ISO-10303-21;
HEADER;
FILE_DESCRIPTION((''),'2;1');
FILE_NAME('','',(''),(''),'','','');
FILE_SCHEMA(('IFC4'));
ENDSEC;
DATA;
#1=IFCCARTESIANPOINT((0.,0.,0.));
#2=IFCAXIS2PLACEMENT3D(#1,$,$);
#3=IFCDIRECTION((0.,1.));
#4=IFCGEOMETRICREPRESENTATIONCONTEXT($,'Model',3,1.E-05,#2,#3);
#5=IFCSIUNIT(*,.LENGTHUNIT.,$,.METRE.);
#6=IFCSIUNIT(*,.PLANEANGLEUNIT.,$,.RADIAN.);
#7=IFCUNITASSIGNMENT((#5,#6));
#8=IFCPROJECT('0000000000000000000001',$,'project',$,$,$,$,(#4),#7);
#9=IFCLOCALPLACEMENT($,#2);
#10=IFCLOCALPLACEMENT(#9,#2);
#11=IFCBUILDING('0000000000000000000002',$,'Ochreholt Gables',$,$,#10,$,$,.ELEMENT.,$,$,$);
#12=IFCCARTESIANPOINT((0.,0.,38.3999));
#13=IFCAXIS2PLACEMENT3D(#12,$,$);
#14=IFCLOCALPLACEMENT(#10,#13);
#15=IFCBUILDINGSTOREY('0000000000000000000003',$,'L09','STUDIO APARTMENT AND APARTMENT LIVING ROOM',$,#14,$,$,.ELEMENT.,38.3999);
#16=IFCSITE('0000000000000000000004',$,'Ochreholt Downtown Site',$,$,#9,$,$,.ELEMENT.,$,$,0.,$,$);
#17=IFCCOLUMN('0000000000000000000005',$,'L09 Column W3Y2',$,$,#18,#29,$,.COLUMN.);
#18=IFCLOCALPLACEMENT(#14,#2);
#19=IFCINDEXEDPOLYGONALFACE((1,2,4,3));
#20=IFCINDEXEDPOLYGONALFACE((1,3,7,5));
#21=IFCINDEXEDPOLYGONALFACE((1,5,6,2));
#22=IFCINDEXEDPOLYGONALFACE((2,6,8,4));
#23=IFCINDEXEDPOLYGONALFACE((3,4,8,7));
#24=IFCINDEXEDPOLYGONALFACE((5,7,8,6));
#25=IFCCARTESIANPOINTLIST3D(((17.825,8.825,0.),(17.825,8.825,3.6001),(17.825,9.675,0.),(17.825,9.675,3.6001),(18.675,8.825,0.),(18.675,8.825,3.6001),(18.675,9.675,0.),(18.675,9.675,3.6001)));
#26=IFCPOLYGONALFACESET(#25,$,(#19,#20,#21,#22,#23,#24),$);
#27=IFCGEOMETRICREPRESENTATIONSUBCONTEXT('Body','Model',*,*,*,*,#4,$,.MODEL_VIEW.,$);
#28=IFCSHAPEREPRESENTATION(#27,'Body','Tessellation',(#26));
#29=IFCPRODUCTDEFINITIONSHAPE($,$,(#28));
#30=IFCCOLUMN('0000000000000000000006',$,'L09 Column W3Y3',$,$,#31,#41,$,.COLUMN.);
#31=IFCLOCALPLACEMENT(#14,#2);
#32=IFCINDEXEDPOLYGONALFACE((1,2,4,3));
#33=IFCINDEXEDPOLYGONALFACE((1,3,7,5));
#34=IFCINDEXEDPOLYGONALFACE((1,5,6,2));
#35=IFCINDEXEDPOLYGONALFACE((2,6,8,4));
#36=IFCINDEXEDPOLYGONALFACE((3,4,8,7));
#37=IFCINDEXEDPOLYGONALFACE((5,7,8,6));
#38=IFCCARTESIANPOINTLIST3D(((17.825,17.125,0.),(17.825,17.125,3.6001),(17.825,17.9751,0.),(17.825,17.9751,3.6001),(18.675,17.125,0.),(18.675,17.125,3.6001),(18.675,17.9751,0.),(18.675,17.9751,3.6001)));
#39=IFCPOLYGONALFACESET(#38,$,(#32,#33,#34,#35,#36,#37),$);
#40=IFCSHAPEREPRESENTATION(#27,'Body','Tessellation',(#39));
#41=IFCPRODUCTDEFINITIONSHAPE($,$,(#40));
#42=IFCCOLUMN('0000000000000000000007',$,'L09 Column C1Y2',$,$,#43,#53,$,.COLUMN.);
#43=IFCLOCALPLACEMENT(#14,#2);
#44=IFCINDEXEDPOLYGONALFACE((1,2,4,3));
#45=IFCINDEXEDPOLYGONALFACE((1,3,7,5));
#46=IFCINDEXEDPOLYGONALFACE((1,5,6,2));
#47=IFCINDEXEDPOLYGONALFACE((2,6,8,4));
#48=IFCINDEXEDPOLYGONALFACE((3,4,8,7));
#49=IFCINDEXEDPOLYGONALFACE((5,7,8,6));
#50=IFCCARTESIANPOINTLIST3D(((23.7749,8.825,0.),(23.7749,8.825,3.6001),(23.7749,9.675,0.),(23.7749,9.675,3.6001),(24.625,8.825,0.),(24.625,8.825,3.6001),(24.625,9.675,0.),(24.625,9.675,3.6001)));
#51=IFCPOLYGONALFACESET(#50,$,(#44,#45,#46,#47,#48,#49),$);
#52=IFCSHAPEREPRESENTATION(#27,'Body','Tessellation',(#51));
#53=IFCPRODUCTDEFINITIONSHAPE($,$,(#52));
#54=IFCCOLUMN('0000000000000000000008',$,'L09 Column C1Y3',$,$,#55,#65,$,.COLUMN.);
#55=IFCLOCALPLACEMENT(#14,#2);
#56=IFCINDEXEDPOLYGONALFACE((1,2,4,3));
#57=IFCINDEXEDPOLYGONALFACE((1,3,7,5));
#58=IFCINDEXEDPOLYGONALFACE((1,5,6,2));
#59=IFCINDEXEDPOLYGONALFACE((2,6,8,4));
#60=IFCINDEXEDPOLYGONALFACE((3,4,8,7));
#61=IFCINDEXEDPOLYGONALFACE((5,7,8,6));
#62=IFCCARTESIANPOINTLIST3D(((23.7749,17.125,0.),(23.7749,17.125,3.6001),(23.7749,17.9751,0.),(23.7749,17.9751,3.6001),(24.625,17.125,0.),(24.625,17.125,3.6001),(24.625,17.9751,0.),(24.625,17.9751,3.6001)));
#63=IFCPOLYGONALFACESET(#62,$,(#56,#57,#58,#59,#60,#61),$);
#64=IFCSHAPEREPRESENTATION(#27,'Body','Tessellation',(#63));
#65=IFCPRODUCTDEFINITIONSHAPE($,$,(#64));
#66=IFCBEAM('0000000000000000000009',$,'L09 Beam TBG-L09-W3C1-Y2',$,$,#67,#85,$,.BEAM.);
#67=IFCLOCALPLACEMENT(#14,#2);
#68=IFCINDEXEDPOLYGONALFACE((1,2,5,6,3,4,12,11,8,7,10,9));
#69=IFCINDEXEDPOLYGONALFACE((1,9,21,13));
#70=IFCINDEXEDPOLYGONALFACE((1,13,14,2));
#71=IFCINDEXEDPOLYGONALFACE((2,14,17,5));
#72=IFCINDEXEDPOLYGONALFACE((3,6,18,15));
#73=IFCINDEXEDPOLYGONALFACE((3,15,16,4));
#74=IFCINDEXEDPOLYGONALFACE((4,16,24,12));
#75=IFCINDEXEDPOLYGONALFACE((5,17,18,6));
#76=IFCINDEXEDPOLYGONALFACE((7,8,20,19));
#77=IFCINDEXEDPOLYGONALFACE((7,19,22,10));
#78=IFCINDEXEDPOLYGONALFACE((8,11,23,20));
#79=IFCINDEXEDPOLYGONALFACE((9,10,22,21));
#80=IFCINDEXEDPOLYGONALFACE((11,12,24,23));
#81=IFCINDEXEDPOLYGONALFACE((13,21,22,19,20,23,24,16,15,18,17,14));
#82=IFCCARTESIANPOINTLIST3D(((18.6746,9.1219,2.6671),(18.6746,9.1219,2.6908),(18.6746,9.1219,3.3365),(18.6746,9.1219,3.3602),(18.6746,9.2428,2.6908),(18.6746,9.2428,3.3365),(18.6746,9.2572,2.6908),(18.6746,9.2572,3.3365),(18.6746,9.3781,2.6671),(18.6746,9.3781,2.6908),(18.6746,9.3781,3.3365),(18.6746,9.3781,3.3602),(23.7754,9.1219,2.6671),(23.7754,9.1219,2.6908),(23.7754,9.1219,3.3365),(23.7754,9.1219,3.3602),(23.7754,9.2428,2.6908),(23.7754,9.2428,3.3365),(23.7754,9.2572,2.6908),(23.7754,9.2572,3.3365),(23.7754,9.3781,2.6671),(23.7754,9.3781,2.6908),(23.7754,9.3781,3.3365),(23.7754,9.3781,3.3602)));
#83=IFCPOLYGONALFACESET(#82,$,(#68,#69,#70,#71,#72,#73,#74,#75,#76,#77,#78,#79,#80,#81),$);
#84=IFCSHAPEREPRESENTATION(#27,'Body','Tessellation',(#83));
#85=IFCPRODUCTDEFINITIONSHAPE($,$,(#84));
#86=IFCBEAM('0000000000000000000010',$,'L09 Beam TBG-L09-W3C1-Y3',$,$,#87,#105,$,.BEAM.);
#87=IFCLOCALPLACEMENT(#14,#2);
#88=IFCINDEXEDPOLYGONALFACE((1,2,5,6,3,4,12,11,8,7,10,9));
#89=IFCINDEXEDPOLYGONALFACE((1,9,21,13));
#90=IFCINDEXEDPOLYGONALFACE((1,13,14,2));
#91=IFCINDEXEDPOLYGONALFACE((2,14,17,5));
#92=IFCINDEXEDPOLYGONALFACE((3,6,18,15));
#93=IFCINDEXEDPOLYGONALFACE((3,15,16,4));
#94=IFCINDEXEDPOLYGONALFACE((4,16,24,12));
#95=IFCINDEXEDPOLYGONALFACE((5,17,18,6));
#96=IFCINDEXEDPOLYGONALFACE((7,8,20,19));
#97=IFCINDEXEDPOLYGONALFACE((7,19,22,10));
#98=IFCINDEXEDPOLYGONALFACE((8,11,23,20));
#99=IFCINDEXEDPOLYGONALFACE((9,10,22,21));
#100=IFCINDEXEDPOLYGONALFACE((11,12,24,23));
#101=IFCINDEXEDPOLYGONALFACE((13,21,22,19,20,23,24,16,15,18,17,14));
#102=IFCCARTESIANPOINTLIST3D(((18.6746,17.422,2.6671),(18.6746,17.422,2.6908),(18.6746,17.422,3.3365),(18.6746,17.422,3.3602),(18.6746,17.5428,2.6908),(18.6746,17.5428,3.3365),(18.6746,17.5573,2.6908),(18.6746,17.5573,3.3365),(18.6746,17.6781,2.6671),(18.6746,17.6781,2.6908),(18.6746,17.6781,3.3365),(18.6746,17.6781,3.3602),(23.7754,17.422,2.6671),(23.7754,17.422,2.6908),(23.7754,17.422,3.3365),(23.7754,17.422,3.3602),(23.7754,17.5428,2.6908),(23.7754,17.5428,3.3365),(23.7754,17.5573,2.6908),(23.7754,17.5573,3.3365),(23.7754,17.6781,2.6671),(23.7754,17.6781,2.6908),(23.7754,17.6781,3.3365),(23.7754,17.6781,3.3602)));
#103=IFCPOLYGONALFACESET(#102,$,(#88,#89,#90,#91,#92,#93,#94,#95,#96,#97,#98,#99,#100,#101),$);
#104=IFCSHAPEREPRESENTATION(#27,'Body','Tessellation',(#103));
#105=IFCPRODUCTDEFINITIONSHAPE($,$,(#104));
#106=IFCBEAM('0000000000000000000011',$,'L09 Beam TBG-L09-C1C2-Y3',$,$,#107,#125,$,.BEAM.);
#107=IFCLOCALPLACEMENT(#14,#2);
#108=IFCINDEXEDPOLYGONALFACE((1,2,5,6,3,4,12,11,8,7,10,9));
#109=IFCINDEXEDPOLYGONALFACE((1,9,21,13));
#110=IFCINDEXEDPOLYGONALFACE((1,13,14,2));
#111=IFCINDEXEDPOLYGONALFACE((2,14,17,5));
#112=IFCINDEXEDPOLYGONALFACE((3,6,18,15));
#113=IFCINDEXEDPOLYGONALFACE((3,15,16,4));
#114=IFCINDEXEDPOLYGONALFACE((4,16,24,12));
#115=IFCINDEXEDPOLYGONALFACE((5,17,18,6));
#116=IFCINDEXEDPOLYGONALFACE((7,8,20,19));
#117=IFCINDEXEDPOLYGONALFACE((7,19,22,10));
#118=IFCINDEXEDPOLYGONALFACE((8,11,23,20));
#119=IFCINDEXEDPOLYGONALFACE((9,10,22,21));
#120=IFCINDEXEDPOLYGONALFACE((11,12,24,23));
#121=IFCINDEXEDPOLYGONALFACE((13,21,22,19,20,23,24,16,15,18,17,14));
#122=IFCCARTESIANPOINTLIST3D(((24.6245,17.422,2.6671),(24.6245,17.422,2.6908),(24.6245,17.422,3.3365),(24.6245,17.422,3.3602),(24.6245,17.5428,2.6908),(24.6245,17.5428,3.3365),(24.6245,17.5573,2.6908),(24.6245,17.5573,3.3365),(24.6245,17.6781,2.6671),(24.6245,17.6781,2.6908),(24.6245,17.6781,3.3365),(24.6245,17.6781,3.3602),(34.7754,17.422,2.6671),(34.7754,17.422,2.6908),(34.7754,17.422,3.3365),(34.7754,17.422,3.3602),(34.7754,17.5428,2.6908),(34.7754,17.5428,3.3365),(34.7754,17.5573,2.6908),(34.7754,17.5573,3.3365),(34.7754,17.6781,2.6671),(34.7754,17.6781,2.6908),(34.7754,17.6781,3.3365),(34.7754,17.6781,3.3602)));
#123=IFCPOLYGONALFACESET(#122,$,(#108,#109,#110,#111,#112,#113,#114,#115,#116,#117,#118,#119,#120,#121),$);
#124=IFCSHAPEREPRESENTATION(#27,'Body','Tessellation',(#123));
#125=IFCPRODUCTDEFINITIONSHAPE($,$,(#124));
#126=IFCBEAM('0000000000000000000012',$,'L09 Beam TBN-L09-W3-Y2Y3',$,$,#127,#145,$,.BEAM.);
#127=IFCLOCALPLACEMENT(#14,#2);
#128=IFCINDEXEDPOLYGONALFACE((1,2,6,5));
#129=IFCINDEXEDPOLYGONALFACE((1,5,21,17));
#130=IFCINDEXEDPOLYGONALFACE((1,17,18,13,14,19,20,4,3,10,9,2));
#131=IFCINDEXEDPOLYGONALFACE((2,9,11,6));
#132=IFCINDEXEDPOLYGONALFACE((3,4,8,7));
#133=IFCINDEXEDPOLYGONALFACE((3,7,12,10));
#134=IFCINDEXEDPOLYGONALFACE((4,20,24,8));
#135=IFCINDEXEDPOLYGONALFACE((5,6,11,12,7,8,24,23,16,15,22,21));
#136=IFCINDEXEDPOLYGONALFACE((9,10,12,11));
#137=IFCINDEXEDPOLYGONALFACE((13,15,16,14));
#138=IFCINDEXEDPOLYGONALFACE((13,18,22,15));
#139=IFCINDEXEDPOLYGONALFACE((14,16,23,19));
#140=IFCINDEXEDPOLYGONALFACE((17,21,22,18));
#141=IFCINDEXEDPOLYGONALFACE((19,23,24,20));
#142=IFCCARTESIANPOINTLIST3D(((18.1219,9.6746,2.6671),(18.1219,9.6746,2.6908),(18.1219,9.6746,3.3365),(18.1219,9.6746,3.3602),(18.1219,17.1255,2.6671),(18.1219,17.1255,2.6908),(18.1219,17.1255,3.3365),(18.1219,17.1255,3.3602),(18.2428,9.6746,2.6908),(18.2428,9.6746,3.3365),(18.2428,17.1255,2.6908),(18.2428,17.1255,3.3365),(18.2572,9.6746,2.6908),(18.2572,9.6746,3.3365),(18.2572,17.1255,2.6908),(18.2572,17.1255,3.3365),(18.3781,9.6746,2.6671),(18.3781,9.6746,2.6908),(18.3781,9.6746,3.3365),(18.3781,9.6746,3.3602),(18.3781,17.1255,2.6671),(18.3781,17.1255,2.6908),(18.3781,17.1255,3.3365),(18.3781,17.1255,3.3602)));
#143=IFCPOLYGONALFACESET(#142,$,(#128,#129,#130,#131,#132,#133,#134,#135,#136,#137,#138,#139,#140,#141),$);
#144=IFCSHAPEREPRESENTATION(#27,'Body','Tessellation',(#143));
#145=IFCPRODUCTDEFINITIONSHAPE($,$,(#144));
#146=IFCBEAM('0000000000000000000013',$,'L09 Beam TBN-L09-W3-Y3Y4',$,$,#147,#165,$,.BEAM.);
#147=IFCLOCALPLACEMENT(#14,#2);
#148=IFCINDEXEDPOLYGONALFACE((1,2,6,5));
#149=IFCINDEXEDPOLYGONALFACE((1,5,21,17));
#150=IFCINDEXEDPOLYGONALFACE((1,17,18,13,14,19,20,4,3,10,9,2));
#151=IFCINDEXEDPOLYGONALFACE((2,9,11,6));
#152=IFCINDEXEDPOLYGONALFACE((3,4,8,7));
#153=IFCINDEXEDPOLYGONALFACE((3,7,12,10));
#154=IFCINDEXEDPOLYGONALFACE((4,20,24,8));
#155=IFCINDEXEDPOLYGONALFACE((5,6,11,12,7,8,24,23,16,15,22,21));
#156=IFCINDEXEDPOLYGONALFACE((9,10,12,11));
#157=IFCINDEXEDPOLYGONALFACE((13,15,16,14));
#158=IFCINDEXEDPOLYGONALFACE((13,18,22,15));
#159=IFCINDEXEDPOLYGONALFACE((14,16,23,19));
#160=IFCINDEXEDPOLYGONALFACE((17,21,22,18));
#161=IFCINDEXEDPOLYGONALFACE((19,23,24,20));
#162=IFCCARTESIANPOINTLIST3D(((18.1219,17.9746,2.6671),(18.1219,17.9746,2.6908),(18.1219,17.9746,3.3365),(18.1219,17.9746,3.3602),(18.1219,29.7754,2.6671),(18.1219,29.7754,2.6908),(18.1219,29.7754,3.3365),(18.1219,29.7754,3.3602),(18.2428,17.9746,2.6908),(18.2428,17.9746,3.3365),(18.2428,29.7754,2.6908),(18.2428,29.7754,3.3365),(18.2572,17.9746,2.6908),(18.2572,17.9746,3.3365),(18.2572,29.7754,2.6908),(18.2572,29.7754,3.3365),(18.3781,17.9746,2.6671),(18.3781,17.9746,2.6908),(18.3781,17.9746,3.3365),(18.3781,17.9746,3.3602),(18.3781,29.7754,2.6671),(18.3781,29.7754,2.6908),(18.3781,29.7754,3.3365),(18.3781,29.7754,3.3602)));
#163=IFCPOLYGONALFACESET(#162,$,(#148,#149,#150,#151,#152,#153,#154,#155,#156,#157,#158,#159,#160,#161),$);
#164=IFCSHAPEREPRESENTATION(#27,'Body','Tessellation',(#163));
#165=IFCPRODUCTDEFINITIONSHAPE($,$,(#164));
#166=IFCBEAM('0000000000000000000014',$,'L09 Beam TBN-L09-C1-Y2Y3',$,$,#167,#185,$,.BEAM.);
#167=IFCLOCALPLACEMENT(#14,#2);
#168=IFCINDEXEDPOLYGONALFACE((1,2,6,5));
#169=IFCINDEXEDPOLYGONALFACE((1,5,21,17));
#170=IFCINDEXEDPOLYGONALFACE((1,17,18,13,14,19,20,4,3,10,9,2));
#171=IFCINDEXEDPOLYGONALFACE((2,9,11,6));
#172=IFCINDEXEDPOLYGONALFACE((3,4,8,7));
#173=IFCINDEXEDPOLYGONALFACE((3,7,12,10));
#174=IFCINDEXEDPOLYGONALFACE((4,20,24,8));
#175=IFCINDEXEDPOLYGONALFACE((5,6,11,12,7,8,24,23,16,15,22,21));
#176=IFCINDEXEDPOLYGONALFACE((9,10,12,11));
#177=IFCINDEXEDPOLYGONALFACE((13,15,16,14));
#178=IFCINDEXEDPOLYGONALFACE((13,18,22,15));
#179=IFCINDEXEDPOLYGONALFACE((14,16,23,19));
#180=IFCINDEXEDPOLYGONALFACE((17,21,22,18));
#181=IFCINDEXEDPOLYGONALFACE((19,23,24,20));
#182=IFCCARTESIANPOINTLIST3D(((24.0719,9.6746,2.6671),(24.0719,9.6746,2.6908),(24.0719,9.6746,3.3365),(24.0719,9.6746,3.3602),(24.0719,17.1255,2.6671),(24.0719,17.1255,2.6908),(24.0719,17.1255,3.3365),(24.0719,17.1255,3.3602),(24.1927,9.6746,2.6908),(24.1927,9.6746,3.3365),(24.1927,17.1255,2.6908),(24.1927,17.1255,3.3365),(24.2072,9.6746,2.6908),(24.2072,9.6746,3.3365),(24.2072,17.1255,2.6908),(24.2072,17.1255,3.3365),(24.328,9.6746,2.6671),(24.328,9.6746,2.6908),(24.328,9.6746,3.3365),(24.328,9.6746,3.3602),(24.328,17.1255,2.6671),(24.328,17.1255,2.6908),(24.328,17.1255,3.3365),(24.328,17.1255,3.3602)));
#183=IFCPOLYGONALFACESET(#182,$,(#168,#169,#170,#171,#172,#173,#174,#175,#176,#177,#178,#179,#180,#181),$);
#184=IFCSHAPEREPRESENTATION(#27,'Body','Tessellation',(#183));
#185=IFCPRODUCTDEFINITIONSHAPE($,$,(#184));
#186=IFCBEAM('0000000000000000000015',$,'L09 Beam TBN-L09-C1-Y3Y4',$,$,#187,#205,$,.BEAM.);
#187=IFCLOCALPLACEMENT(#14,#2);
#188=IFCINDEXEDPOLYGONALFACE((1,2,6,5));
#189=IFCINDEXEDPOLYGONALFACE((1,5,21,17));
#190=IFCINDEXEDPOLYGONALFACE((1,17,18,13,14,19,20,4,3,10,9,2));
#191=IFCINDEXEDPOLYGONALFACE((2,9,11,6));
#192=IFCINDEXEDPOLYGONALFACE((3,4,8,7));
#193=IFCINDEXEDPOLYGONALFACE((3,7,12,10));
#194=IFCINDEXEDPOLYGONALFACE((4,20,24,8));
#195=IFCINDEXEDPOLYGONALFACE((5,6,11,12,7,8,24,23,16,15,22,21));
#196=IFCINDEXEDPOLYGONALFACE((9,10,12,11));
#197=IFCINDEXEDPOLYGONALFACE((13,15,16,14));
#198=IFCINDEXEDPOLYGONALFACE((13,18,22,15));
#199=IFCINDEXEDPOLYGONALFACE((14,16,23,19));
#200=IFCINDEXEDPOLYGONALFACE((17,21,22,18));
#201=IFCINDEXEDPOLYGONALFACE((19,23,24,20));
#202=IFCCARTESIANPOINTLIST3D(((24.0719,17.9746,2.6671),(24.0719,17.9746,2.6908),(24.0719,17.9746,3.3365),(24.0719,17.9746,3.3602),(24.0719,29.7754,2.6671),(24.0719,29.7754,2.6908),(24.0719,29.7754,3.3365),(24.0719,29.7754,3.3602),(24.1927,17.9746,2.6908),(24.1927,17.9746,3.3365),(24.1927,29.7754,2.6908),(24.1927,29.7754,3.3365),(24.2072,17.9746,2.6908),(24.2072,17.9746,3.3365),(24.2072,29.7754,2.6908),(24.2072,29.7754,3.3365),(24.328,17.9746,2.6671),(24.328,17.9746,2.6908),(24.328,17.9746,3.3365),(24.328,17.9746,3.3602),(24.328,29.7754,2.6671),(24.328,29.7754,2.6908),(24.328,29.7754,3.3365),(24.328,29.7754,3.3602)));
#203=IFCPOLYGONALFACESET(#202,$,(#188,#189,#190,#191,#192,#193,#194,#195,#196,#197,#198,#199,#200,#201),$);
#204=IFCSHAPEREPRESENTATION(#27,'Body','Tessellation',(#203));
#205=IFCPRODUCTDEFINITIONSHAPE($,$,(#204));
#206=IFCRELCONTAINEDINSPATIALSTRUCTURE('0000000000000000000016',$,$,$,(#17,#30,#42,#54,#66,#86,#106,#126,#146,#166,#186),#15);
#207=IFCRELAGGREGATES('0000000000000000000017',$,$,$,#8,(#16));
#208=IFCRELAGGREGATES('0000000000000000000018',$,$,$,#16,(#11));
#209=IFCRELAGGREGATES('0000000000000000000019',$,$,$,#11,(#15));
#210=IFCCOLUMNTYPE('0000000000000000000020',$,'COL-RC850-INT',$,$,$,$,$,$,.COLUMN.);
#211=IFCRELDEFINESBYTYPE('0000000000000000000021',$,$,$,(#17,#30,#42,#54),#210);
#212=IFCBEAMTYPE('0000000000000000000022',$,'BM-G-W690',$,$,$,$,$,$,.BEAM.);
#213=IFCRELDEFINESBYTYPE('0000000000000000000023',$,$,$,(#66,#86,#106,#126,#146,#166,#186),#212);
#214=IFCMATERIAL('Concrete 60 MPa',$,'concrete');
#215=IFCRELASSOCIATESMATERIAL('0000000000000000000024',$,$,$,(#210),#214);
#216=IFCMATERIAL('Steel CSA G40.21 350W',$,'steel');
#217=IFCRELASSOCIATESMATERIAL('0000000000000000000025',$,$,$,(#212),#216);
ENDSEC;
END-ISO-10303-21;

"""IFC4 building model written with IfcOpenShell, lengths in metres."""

from ifc_helpers import new_model, si_unit, direction, frame, origin, origin_2d, place, context, subcontext, project, spatial, rectangle, i_section, extrude, material, material_profile, profile_set, type_object, element, save


model = new_model("IFC4")

# Units and contexts
model_context = context("Model", 3, precision=1e-05, world=origin(), true_north=direction((0.0, 1.0)))
body_context = subcontext(model_context, "Body", "Model", "MODEL_VIEW")
ifc_project = project(units=[si_unit("LENGTHUNIT", "METRE"), si_unit("PLANEANGLEUNIT", "RADIAN")], contexts=[model_context])

# Site, building, storey
site_placement = place(None, origin())
site = spatial("IfcSite", under=ifc_project, at=site_placement, Name="Ochreholt Downtown Site", CompositionType="ELEMENT", RefElevation=0.0)
building_placement = place(site_placement, origin())
building = spatial("IfcBuilding", under=site, at=building_placement, Name="Ochreholt Gables", CompositionType="ELEMENT")
storey_placement = place(building_placement, frame((0.0, 0.0, 38.3999)))
storey = spatial("IfcBuildingStorey", under=building, at=storey_placement, Name="L09", Description="STUDIO APARTMENT AND APARTMENT LIVING ROOM", CompositionType="ELEMENT", Elevation=38.3999)

# Columns
ifc_material_1 = material(Name="Concrete 60 MPa", Category="concrete")
ifc_material_profile_1 = material_profile(ifc_material_1, rectangle(XDim=0.8501, YDim=0.8501, at=origin_2d()), Name="RC850X850")
ifc_profile_set_1 = profile_set([ifc_material_profile_1], Name="Concrete 60 MPa")
column_type = type_object("IfcColumnType", Name="COL-RC850-INT", PredefinedType="COLUMN", material=ifc_profile_set_1)
for number, where, z_axis, x_axis, name in (
    (1, (18.25, 9.25, 0.0), (0.0, 0.0, 1.0), (1.0, 0.0, 0.0), "L09 Column W3Y2"),
    (2, (18.25, 17.55, 0.0), (0.0, 0.0, 1.0), (1.0, 0.0, 0.0), "L09 Column W3Y3"),
    (3, (24.2, 9.25, 0.0), (0.0, 0.0, 1.0), (1.0, 0.0, 0.0), "L09 Column C1Y2"),
    (4, (24.2, 17.55, 0.0), (0.0, 0.0, 1.0), (1.0, 0.0, 0.0), "L09 Column C1Y3"),
):
    element("IfcColumn", number, at=place(storey_placement, frame(where, z_axis=z_axis, x_axis=x_axis)), inside=storey, type_object=column_type, Name=name, PredefinedType="COLUMN", context=body_context, shape_type="SweptSolid", body=[
        extrude(rectangle(XDim=0.8501, YDim=0.8501, at=origin_2d()), origin(), (0.0, 0.0, 1.0), 3.6001),
    ])

# Beams
ifc_material_2 = material(Name="Steel CSA G40.21 350W", Category="steel")
ifc_material_profile_2 = material_profile(ifc_material_2, i_section(OverallWidth=0.2561, OverallDepth=0.6931, WebThickness=0.0144, FlangeThickness=0.0237, at=origin_2d()), Name="W690X170")
ifc_profile_set_2 = profile_set([ifc_material_profile_2], Name="Steel CSA G40.21 350W")
beam_type_1 = type_object("IfcBeamType", Name="BM-G-W690", PredefinedType="BEAM", material=ifc_profile_set_2)
for number, where, z_axis, x_axis, name in (
    (5, (18.6746, 9.25, 3.0137), (1.0, 0.0, 0.0), (0.0, 1.0, 0.0), "L09 Beam TBG-L09-W3C1-Y2"),
    (6, (18.6746, 17.55, 3.0137), (1.0, 0.0, 0.0), (0.0, 1.0, 0.0), "L09 Beam TBG-L09-W3C1-Y3"),
):
    element("IfcBeam", number, at=place(storey_placement, frame(where, z_axis=z_axis, x_axis=x_axis)), inside=storey, type_object=beam_type_1, Name=name, PredefinedType="BEAM", context=body_context, shape_type="SweptSolid", body=[
        extrude(i_section(OverallWidth=0.2561, OverallDepth=0.6931, WebThickness=0.0144, FlangeThickness=0.0237, at=origin_2d()), origin(), (0.0, 0.0, 1.0), 5.1008),
    ])
beam_1_placement = place(storey_placement, frame((24.6245, 17.55, 3.0137), z_axis=(1.0, 0.0, 0.0), x_axis=(0.0, 1.0, 0.0)))
element("IfcBeam", 7, at=beam_1_placement, inside=storey, type_object=beam_type_1, Name="L09 Beam TBG-L09-C1C2-Y3", PredefinedType="BEAM", context=body_context, shape_type="SweptSolid", body=[
    extrude(i_section(OverallWidth=0.2561, OverallDepth=0.6931, WebThickness=0.0144, FlangeThickness=0.0237, at=origin_2d()), origin(), (0.0, 0.0, 1.0), 10.1509),
])
beam_2_placement = place(storey_placement, frame((18.25, 9.6746, 3.0137), z_axis=(0.0, 1.0, 0.0), x_axis=(-1.0, 0.0, 0.0)))
element("IfcBeam", 8, at=beam_2_placement, inside=storey, type_object=beam_type_1, Name="L09 Beam TBN-L09-W3-Y2Y3", PredefinedType="BEAM", context=body_context, shape_type="SweptSolid", body=[
    extrude(i_section(OverallWidth=0.2561, OverallDepth=0.6931, WebThickness=0.0144, FlangeThickness=0.0237, at=origin_2d()), origin(), (0.0, 0.0, 1.0), 7.4509),
])
beam_3_placement = place(storey_placement, frame((18.25, 17.9746, 3.0137), z_axis=(0.0, 1.0, 0.0), x_axis=(-1.0, 0.0, 0.0)))
element("IfcBeam", 9, at=beam_3_placement, inside=storey, type_object=beam_type_1, Name="L09 Beam TBN-L09-W3-Y3Y4", PredefinedType="BEAM", context=body_context, shape_type="SweptSolid", body=[
    extrude(i_section(OverallWidth=0.2561, OverallDepth=0.6931, WebThickness=0.0144, FlangeThickness=0.0237, at=origin_2d()), origin(), (0.0, 0.0, 1.0), 11.8008),
])
beam_4_placement = place(storey_placement, frame((24.2, 9.6746, 3.0137), z_axis=(0.0, 1.0, 0.0), x_axis=(-1.0, 0.0, 0.0)))
element("IfcBeam", 10, at=beam_4_placement, inside=storey, type_object=beam_type_1, Name="L09 Beam TBN-L09-C1-Y2Y3", PredefinedType="BEAM", context=body_context, shape_type="SweptSolid", body=[
    extrude(i_section(OverallWidth=0.2561, OverallDepth=0.6931, WebThickness=0.0144, FlangeThickness=0.0237, at=origin_2d()), origin(), (0.0, 0.0, 1.0), 7.4509),
])
beam_5_placement = place(storey_placement, frame((24.2, 17.9746, 3.0137), z_axis=(0.0, 1.0, 0.0), x_axis=(-1.0, 0.0, 0.0)))
element("IfcBeam", 11, at=beam_5_placement, inside=storey, type_object=beam_type_1, Name="L09 Beam TBN-L09-C1-Y3Y4", PredefinedType="BEAM", context=body_context, shape_type="SweptSolid", body=[
    extrude(i_section(OverallWidth=0.2561, OverallDepth=0.6931, WebThickness=0.0144, FlangeThickness=0.0237, at=origin_2d()), origin(), (0.0, 0.0, 1.0), 11.8008),
])

save(model, "model.ifc")
